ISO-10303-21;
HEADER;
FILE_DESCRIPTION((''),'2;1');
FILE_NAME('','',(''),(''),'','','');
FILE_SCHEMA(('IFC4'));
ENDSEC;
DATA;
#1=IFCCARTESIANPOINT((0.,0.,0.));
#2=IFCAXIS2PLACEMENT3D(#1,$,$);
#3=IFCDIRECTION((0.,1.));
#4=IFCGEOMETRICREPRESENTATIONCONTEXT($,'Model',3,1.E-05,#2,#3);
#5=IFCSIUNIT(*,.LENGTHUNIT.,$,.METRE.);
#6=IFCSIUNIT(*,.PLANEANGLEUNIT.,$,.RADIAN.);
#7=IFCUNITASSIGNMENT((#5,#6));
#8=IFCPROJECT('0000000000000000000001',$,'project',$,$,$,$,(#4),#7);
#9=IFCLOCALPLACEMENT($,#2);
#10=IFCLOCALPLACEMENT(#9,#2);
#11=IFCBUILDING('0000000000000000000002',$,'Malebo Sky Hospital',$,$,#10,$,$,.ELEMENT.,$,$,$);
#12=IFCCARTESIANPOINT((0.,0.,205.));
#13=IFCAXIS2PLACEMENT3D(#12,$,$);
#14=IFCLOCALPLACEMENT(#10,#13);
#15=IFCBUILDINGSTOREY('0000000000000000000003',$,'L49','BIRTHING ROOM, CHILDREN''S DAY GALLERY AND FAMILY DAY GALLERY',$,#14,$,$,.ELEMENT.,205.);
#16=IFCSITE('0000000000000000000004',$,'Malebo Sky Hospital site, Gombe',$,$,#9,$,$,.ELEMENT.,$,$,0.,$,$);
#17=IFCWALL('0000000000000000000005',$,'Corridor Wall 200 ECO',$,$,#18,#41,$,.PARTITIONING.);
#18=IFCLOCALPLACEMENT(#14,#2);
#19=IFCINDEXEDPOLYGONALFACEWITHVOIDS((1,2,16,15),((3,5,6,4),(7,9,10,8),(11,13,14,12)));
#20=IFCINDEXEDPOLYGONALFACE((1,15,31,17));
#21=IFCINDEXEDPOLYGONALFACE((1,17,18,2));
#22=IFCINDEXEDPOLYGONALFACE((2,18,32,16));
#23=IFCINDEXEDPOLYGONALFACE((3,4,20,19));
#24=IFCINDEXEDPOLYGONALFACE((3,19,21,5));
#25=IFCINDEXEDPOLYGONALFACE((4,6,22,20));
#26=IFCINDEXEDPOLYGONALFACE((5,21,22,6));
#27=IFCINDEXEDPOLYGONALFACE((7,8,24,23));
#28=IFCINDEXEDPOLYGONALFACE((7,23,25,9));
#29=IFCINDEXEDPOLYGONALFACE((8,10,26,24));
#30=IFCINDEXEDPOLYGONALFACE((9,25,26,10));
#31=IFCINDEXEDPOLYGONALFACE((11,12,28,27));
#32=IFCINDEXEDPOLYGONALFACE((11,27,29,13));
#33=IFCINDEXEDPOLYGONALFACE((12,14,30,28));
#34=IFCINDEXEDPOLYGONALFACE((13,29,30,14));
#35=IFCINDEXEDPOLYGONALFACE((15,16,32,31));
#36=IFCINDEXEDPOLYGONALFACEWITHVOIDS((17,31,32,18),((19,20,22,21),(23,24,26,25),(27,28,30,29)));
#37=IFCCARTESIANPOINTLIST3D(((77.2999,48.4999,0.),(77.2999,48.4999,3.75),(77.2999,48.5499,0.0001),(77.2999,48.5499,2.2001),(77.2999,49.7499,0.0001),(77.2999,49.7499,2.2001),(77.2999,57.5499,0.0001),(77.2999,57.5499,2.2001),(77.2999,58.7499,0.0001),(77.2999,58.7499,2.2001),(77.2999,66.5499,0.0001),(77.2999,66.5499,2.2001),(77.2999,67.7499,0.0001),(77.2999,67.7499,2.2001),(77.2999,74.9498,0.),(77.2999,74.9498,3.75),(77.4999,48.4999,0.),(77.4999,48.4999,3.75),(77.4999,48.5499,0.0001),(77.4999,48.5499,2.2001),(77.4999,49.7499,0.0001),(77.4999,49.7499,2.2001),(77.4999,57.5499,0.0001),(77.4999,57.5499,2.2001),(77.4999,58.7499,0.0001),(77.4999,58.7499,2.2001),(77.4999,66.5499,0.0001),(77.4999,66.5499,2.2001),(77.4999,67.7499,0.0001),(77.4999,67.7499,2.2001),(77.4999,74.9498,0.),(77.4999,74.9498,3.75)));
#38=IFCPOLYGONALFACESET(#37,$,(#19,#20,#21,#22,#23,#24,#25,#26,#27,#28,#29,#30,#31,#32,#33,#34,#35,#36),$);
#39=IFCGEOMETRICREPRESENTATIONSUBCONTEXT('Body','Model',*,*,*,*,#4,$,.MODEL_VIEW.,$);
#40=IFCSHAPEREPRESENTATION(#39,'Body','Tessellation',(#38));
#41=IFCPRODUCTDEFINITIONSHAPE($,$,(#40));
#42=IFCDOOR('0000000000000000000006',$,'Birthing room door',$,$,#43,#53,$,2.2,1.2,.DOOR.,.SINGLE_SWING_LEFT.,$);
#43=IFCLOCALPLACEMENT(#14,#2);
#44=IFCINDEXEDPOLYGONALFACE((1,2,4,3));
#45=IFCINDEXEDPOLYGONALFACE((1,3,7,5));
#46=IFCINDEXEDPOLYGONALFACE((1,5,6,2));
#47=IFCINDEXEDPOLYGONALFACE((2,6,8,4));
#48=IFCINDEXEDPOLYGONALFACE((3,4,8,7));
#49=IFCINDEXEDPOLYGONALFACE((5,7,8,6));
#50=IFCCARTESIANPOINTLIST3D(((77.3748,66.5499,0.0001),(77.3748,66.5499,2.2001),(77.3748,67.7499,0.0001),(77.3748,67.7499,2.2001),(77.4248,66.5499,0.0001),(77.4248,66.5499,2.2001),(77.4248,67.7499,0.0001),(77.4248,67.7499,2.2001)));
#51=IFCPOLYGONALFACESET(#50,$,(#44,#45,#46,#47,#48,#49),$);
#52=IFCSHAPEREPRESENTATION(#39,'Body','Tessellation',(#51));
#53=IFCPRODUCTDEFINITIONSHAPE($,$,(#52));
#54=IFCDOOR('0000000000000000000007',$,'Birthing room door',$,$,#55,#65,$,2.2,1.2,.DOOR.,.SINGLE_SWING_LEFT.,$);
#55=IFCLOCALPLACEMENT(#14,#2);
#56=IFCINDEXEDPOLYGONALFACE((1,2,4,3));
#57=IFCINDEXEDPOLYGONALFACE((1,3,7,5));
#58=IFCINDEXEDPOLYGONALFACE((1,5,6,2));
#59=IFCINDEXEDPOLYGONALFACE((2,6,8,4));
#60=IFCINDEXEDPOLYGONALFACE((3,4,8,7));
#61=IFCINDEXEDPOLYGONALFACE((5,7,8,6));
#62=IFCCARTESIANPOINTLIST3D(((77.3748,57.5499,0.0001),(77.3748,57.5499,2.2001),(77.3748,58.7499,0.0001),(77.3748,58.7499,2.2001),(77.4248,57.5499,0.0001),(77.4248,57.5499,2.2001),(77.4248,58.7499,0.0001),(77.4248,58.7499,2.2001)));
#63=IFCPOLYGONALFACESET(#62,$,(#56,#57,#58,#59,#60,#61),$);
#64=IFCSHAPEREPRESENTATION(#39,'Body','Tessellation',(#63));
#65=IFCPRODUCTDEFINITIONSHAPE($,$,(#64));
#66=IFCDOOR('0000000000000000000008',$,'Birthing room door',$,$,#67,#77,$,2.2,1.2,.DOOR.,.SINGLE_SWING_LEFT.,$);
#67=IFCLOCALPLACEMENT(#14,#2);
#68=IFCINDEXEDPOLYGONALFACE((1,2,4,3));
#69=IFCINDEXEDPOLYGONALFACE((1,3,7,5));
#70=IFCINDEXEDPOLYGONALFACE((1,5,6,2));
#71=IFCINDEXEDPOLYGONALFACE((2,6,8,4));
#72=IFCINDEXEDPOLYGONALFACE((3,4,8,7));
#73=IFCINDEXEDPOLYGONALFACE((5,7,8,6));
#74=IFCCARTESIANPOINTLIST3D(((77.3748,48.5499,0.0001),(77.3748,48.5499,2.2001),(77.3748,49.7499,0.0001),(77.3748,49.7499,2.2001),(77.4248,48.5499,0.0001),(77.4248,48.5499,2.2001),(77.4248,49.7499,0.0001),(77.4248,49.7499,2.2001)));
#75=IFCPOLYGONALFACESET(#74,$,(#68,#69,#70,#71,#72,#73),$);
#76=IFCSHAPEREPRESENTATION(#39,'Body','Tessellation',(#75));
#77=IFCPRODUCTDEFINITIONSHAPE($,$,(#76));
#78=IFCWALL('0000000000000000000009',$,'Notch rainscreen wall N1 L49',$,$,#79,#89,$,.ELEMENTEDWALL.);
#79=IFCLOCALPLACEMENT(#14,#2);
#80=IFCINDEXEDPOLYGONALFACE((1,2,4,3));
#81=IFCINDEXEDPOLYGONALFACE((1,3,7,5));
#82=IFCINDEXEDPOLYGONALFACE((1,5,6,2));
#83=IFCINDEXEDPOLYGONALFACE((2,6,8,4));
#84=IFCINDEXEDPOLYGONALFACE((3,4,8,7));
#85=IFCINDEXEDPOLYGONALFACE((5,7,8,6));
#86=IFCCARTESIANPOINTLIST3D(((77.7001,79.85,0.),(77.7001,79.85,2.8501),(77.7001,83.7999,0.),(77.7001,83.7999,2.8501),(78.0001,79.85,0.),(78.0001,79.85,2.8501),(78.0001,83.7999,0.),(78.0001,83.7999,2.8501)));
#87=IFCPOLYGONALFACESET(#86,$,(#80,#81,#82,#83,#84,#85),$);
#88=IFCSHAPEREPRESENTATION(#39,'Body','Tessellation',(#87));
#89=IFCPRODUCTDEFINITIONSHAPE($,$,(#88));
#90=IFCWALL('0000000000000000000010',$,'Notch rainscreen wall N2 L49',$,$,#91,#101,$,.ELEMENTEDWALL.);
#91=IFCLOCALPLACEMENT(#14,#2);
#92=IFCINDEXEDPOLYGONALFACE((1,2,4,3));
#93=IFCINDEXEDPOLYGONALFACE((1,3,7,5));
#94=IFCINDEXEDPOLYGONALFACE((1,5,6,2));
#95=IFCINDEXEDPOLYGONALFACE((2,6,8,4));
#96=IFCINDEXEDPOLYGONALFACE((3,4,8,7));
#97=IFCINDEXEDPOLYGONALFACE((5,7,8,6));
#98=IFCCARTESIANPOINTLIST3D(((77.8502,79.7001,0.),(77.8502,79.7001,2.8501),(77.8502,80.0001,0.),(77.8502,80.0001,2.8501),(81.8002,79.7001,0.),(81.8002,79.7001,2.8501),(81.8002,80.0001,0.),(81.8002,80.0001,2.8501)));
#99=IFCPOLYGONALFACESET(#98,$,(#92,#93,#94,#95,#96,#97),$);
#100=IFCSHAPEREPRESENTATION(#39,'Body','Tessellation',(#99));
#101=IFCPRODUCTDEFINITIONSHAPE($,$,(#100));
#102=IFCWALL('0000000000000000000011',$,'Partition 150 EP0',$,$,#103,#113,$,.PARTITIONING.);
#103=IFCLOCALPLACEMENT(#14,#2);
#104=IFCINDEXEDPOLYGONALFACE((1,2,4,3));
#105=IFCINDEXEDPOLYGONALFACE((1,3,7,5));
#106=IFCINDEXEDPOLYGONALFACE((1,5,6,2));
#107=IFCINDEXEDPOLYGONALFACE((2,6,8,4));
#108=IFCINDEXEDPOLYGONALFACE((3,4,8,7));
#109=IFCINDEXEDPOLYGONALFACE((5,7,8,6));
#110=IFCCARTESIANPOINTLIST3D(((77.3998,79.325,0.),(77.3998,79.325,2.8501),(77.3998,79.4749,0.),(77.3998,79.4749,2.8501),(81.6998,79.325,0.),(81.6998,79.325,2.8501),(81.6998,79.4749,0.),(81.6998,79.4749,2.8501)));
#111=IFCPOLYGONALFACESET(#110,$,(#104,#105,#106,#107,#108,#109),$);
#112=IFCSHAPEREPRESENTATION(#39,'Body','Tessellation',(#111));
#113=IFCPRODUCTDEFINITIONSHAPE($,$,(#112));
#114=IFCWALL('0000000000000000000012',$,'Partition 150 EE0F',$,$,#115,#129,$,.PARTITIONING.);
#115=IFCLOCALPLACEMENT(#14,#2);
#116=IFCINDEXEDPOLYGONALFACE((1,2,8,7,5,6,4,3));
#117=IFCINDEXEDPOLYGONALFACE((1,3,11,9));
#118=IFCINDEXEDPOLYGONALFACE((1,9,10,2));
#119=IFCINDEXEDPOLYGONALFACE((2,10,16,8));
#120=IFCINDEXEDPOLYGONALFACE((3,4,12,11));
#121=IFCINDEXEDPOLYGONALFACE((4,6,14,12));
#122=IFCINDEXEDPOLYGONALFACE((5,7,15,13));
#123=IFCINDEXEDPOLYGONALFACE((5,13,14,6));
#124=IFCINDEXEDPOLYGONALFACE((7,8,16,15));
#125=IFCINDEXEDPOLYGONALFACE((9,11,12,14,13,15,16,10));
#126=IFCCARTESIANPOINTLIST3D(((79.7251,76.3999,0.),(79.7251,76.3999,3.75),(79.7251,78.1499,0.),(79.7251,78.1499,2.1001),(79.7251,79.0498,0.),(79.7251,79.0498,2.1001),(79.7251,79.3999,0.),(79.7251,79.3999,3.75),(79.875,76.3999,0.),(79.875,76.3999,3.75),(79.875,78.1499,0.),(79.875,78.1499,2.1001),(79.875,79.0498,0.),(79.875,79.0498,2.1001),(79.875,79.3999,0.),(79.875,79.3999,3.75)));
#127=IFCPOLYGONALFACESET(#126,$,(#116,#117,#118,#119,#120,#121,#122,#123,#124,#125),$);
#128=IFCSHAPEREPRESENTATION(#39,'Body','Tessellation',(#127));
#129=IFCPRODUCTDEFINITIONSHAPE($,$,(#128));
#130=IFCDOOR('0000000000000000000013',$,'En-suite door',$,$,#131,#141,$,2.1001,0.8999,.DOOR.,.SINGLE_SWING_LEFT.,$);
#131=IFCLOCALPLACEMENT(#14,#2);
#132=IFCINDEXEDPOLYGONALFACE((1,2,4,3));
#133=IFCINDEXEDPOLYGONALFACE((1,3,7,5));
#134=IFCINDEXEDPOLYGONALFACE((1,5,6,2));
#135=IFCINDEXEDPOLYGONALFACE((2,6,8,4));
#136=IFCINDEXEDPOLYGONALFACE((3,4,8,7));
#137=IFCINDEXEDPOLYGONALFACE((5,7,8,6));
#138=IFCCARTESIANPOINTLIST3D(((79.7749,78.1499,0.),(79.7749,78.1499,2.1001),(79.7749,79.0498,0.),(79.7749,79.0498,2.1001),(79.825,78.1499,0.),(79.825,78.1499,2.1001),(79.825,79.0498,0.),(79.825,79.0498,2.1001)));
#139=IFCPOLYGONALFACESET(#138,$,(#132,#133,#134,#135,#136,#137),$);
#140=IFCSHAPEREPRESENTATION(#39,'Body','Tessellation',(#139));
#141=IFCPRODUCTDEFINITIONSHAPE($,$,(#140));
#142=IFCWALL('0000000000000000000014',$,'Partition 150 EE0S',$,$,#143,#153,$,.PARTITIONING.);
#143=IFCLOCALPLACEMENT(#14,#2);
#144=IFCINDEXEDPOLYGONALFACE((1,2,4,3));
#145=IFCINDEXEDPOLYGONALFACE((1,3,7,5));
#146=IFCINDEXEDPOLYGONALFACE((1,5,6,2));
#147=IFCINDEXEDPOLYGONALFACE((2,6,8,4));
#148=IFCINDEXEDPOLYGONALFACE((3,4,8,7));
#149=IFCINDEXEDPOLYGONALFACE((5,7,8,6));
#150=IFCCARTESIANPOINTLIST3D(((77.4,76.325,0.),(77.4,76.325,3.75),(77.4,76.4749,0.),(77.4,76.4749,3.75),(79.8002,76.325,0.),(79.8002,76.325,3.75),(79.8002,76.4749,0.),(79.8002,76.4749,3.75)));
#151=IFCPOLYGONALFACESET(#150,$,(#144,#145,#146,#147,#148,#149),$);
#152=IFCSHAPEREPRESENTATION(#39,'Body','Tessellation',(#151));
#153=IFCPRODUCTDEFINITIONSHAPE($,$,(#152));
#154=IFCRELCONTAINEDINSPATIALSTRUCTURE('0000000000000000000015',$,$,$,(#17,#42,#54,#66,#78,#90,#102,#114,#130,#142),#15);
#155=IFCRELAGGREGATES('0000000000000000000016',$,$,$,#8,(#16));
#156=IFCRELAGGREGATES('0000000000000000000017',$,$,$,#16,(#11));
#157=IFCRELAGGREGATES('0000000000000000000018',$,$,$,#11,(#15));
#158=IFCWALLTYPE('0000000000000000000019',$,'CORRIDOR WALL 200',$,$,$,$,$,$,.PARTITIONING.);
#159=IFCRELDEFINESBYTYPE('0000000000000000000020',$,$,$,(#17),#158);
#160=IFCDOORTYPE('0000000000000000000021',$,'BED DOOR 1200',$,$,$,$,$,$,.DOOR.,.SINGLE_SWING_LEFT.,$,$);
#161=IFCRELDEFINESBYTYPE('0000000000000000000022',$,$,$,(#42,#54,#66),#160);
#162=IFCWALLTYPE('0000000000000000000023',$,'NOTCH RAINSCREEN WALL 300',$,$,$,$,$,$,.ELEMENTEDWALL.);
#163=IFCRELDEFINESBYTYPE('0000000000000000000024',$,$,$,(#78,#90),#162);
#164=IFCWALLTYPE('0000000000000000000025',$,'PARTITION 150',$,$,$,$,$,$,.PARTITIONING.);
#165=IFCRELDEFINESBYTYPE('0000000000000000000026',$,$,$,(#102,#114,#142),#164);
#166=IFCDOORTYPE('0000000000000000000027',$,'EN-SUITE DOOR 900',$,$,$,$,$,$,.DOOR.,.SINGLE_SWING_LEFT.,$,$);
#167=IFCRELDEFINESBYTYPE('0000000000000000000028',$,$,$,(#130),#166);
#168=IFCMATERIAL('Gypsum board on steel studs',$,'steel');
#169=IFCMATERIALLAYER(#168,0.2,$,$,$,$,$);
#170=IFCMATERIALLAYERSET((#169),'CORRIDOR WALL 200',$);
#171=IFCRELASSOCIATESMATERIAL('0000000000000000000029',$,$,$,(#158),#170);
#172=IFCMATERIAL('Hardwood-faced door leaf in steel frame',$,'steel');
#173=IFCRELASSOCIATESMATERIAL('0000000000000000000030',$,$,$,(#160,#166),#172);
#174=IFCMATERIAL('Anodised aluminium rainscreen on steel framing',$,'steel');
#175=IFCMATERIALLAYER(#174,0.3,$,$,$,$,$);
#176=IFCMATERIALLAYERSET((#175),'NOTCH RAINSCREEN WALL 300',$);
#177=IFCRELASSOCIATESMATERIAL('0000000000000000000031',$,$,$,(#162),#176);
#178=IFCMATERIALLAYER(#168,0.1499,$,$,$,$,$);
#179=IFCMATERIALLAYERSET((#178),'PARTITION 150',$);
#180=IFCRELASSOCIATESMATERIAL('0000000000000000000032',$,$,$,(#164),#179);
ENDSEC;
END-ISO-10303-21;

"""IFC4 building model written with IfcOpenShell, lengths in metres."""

from ifc_helpers import new_model, si_unit, direction, frame, frame_2d, origin, place, context, subcontext, project, spatial, rectangle, extrude, material, layer, layer_set, type_object, element, fill, save


model = new_model("IFC4")

# Units and contexts
model_context = context("Model", 3, precision=1e-05, world=origin(), true_north=direction((0.0, 1.0)))
body_context = subcontext(model_context, "Body", "Model", "MODEL_VIEW")
ifc_project = project(units=[si_unit("LENGTHUNIT", "METRE"), si_unit("PLANEANGLEUNIT", "RADIAN")], contexts=[model_context])

# Site, building, storey
site_placement = place(None, origin())
site = spatial("IfcSite", under=ifc_project, at=site_placement, Name="Malebo Sky Hospital site, Gombe", CompositionType="ELEMENT", RefElevation=0.0)
building_placement = place(site_placement, origin())
building = spatial("IfcBuilding", under=site, at=building_placement, Name="Malebo Sky Hospital", CompositionType="ELEMENT")
storey_placement = place(building_placement, frame((0.0, 0.0, 205.0)))
storey = spatial("IfcBuildingStorey", under=building, at=storey_placement, Name="L49", Description="BIRTHING ROOM, CHILDREN'S DAY GALLERY AND FAMILY DAY GALLERY", CompositionType="ELEMENT", Elevation=205.0)

# Shared definitions
ifc_material_1 = material(Name="Gypsum board on steel studs", Category="steel")
ifc_layer_1 = layer(ifc_material_1, 0.2)
ifc_layer_set_1 = layer_set([ifc_layer_1], Name="CORRIDOR WALL 200")
wall_type_1 = type_object("IfcWallType", Name="CORRIDOR WALL 200", PredefinedType="PARTITIONING", material=ifc_layer_set_1)
ifc_material_2 = material(Name="Hardwood-faced door leaf in steel frame", Category="steel")
door_type_1 = type_object("IfcDoorType", Name="BED DOOR 1200", OperationType="SINGLE_SWING_LEFT", PredefinedType="DOOR", material=ifc_material_2)

# Wall, openings, doors
wall_1_placement = place(storey_placement, frame((77.3999, 74.95, 0.0), z_axis=(0.0, 0.0, 1.0), x_axis=(0.0, -1.0, 0.0)))
wall_1 = element("IfcWall", 1, at=wall_1_placement, inside=storey, type_object=wall_type_1, Name="Corridor Wall 200 ECO", PredefinedType="PARTITIONING", context=body_context, shape_type="SweptSolid", body=[
    extrude(rectangle(XDim=26.45, YDim=0.2, at=frame_2d((13.2251, 0.0))), origin(), (0.0, 0.0, 1.0), 3.75),
])
opening_1_placement = place(wall_1_placement, frame((7.2, 0.0, 0.0)))
opening_1 = element("IfcOpeningElement", 2, at=opening_1_placement, cuts=wall_1, PredefinedType="OPENING", context=body_context, shape_type="SweptSolid", body=[
    extrude(rectangle(XDim=1.2, YDim=2.2, at=frame_2d((0.6001, 1.1001))), frame((0.0, 0.1099, 0.0), z_axis=(0.0, -1.0, 0.0), x_axis=(1.0, 0.0, 0.0)), (0.0, 0.0, 1.0), 0.22),
])
opening_2_placement = place(wall_1_placement, frame((16.2, 0.0, 0.0)))
opening_2 = element("IfcOpeningElement", 3, at=opening_2_placement, cuts=wall_1, PredefinedType="OPENING", context=body_context, shape_type="SweptSolid", body=[
    extrude(rectangle(XDim=1.2, YDim=2.2, at=frame_2d((0.6001, 1.1001))), frame((0.0, 0.1099, 0.0), z_axis=(0.0, -1.0, 0.0), x_axis=(1.0, 0.0, 0.0)), (0.0, 0.0, 1.0), 0.22),
])
opening_3_placement = place(wall_1_placement, frame((25.2, 0.0, 0.0)))
opening_3 = element("IfcOpeningElement", 4, at=opening_3_placement, cuts=wall_1, PredefinedType="OPENING", context=body_context, shape_type="SweptSolid", body=[
    extrude(rectangle(XDim=1.2, YDim=2.2, at=frame_2d((0.6001, 1.1001))), frame((0.0, 0.1099, 0.0), z_axis=(0.0, -1.0, 0.0), x_axis=(1.0, 0.0, 0.0)), (0.0, 0.0, 1.0), 0.22),
])
door_1_placement = place(opening_1_placement, origin())
door_1 = element("IfcDoor", 5, at=door_1_placement, inside=storey, type_object=door_type_1, Name="Birthing room door", OperationType="SINGLE_SWING_LEFT", OverallHeight=2.2, OverallWidth=1.2, PredefinedType="DOOR", context=body_context, shape_type="SweptSolid", body=[
    extrude(rectangle(XDim=1.2, YDim=2.2, at=frame_2d((0.6001, 1.1001))), frame((0.0, 0.0249, 0.0), z_axis=(0.0, -1.0, 0.0), x_axis=(1.0, 0.0, 0.0)), (0.0, 0.0, 1.0), 0.05),
])
fill(opening_1, door_1)
door_2_placement = place(opening_2_placement, origin())
door_2 = element("IfcDoor", 6, at=door_2_placement, inside=storey, type_object=door_type_1, Name="Birthing room door", OperationType="SINGLE_SWING_LEFT", OverallHeight=2.2, OverallWidth=1.2, PredefinedType="DOOR", context=body_context, shape_type="SweptSolid", body=[
    extrude(rectangle(XDim=1.2, YDim=2.2, at=frame_2d((0.6001, 1.1001))), frame((0.0, 0.0249, 0.0), z_axis=(0.0, -1.0, 0.0), x_axis=(1.0, 0.0, 0.0)), (0.0, 0.0, 1.0), 0.05),
])
fill(opening_2, door_2)
door_3_placement = place(opening_3_placement, origin())
door_3 = element("IfcDoor", 7, at=door_3_placement, inside=storey, type_object=door_type_1, Name="Birthing room door", OperationType="SINGLE_SWING_LEFT", OverallHeight=2.2, OverallWidth=1.2, PredefinedType="DOOR", context=body_context, shape_type="SweptSolid", body=[
    extrude(rectangle(XDim=1.2, YDim=2.2, at=frame_2d((0.6001, 1.1001))), frame((0.0, 0.0249, 0.0), z_axis=(0.0, -1.0, 0.0), x_axis=(1.0, 0.0, 0.0)), (0.0, 0.0, 1.0), 0.05),
])
fill(opening_3, door_3)

# Walls
ifc_material_3 = material(Name="Anodised aluminium rainscreen on steel framing", Category="steel")
ifc_layer_2 = layer(ifc_material_3, 0.3)
ifc_layer_set_2 = layer_set([ifc_layer_2], Name="NOTCH RAINSCREEN WALL 300")
wall_type_2 = type_object("IfcWallType", Name="NOTCH RAINSCREEN WALL 300", PredefinedType="ELEMENTEDWALL", material=ifc_layer_set_2)
for number, where, z_axis, x_axis, name in (
    (8, (77.8501, 83.8, 0.0), (0.0, 0.0, 1.0), (0.0, -1.0, 0.0), "Notch rainscreen wall N1 L49"),
    (9, (77.8501, 79.8501, 0.0), (0.0, 0.0, 1.0), (1.0, 0.0, 0.0), "Notch rainscreen wall N2 L49"),
):
    element("IfcWall", number, at=place(storey_placement, frame(where, z_axis=z_axis, x_axis=x_axis)), inside=storey, type_object=wall_type_2, Name=name, PredefinedType="ELEMENTEDWALL", context=body_context, shape_type="SweptSolid", body=[
        extrude(rectangle(XDim=3.95, YDim=0.3, at=frame_2d((1.9751, 0.0))), origin(), (0.0, 0.0, 1.0), 2.8501),
    ])
ifc_layer_3 = layer(ifc_material_1, 0.1499)
ifc_layer_set_3 = layer_set([ifc_layer_3], Name="PARTITION 150")
wall_type_3 = type_object("IfcWallType", Name="PARTITION 150", PredefinedType="PARTITIONING", material=ifc_layer_set_3)
wall_2_placement = place(storey_placement, frame((77.3999, 79.3999, 0.0), z_axis=(0.0, 0.0, 1.0), x_axis=(1.0, 0.0, 0.0)))
element("IfcWall", 10, at=wall_2_placement, inside=storey, type_object=wall_type_3, Name="Partition 150 EP0", PredefinedType="PARTITIONING", context=body_context, shape_type="SweptSolid", body=[
    extrude(rectangle(XDim=4.3, YDim=0.1499, at=frame_2d((2.1499, 0.0))), origin(), (0.0, 0.0, 1.0), 2.8501),
])

# Wall, opening, door
wall_3_placement = place(storey_placement, frame((79.8, 79.3999, 0.0), z_axis=(0.0, 0.0, 1.0), x_axis=(0.0, -1.0, 0.0)))
wall_3 = element("IfcWall", 11, at=wall_3_placement, inside=storey, type_object=wall_type_3, Name="Partition 150 EE0F", PredefinedType="PARTITIONING", context=body_context, shape_type="SweptSolid", body=[
    extrude(rectangle(XDim=3.0, YDim=0.1499, at=frame_2d((1.5, 0.0))), origin(), (0.0, 0.0, 1.0), 3.75),
])
opening_4_placement = place(wall_3_placement, frame((0.3501, 0.0, 0.0)))
opening_4 = element("IfcOpeningElement", 12, at=opening_4_placement, cuts=wall_3, PredefinedType="OPENING", context=body_context, shape_type="SweptSolid", body=[
    extrude(rectangle(XDim=0.8999, YDim=2.1001, at=frame_2d((0.45, 1.05))), frame((0.0, 0.085, 0.0), z_axis=(0.0, -1.0, 0.0), x_axis=(1.0, 0.0, 0.0)), (0.0, 0.0, 1.0), 0.1699),
])
door_type_2 = type_object("IfcDoorType", Name="EN-SUITE DOOR 900", OperationType="SINGLE_SWING_LEFT", PredefinedType="DOOR", material=ifc_material_2)
door_4_placement = place(opening_4_placement, origin())
door_4 = element("IfcDoor", 13, at=door_4_placement, inside=storey, type_object=door_type_2, Name="En-suite door", OperationType="SINGLE_SWING_LEFT", OverallHeight=2.1001, OverallWidth=0.8999, PredefinedType="DOOR", context=body_context, shape_type="SweptSolid", body=[
    extrude(rectangle(XDim=0.8999, YDim=2.1001, at=frame_2d((0.45, 1.05))), frame((0.0, 0.0249, 0.0), z_axis=(0.0, -1.0, 0.0), x_axis=(1.0, 0.0, 0.0)), (0.0, 0.0, 1.0), 0.05),
])
fill(opening_4, door_4)

# Wall
wall_4_placement = place(storey_placement, frame((77.3999, 76.3999, 0.0), z_axis=(0.0, 0.0, 1.0), x_axis=(1.0, 0.0, 0.0)))
element("IfcWall", 14, at=wall_4_placement, inside=storey, type_object=wall_type_3, Name="Partition 150 EE0S", PredefinedType="PARTITIONING", context=body_context, shape_type="SweptSolid", body=[
    extrude(rectangle(XDim=2.4001, YDim=0.1499, at=frame_2d((1.2002, 0.0))), origin(), (0.0, 0.0, 1.0), 3.75),
])

save(model, "model.ifc")
